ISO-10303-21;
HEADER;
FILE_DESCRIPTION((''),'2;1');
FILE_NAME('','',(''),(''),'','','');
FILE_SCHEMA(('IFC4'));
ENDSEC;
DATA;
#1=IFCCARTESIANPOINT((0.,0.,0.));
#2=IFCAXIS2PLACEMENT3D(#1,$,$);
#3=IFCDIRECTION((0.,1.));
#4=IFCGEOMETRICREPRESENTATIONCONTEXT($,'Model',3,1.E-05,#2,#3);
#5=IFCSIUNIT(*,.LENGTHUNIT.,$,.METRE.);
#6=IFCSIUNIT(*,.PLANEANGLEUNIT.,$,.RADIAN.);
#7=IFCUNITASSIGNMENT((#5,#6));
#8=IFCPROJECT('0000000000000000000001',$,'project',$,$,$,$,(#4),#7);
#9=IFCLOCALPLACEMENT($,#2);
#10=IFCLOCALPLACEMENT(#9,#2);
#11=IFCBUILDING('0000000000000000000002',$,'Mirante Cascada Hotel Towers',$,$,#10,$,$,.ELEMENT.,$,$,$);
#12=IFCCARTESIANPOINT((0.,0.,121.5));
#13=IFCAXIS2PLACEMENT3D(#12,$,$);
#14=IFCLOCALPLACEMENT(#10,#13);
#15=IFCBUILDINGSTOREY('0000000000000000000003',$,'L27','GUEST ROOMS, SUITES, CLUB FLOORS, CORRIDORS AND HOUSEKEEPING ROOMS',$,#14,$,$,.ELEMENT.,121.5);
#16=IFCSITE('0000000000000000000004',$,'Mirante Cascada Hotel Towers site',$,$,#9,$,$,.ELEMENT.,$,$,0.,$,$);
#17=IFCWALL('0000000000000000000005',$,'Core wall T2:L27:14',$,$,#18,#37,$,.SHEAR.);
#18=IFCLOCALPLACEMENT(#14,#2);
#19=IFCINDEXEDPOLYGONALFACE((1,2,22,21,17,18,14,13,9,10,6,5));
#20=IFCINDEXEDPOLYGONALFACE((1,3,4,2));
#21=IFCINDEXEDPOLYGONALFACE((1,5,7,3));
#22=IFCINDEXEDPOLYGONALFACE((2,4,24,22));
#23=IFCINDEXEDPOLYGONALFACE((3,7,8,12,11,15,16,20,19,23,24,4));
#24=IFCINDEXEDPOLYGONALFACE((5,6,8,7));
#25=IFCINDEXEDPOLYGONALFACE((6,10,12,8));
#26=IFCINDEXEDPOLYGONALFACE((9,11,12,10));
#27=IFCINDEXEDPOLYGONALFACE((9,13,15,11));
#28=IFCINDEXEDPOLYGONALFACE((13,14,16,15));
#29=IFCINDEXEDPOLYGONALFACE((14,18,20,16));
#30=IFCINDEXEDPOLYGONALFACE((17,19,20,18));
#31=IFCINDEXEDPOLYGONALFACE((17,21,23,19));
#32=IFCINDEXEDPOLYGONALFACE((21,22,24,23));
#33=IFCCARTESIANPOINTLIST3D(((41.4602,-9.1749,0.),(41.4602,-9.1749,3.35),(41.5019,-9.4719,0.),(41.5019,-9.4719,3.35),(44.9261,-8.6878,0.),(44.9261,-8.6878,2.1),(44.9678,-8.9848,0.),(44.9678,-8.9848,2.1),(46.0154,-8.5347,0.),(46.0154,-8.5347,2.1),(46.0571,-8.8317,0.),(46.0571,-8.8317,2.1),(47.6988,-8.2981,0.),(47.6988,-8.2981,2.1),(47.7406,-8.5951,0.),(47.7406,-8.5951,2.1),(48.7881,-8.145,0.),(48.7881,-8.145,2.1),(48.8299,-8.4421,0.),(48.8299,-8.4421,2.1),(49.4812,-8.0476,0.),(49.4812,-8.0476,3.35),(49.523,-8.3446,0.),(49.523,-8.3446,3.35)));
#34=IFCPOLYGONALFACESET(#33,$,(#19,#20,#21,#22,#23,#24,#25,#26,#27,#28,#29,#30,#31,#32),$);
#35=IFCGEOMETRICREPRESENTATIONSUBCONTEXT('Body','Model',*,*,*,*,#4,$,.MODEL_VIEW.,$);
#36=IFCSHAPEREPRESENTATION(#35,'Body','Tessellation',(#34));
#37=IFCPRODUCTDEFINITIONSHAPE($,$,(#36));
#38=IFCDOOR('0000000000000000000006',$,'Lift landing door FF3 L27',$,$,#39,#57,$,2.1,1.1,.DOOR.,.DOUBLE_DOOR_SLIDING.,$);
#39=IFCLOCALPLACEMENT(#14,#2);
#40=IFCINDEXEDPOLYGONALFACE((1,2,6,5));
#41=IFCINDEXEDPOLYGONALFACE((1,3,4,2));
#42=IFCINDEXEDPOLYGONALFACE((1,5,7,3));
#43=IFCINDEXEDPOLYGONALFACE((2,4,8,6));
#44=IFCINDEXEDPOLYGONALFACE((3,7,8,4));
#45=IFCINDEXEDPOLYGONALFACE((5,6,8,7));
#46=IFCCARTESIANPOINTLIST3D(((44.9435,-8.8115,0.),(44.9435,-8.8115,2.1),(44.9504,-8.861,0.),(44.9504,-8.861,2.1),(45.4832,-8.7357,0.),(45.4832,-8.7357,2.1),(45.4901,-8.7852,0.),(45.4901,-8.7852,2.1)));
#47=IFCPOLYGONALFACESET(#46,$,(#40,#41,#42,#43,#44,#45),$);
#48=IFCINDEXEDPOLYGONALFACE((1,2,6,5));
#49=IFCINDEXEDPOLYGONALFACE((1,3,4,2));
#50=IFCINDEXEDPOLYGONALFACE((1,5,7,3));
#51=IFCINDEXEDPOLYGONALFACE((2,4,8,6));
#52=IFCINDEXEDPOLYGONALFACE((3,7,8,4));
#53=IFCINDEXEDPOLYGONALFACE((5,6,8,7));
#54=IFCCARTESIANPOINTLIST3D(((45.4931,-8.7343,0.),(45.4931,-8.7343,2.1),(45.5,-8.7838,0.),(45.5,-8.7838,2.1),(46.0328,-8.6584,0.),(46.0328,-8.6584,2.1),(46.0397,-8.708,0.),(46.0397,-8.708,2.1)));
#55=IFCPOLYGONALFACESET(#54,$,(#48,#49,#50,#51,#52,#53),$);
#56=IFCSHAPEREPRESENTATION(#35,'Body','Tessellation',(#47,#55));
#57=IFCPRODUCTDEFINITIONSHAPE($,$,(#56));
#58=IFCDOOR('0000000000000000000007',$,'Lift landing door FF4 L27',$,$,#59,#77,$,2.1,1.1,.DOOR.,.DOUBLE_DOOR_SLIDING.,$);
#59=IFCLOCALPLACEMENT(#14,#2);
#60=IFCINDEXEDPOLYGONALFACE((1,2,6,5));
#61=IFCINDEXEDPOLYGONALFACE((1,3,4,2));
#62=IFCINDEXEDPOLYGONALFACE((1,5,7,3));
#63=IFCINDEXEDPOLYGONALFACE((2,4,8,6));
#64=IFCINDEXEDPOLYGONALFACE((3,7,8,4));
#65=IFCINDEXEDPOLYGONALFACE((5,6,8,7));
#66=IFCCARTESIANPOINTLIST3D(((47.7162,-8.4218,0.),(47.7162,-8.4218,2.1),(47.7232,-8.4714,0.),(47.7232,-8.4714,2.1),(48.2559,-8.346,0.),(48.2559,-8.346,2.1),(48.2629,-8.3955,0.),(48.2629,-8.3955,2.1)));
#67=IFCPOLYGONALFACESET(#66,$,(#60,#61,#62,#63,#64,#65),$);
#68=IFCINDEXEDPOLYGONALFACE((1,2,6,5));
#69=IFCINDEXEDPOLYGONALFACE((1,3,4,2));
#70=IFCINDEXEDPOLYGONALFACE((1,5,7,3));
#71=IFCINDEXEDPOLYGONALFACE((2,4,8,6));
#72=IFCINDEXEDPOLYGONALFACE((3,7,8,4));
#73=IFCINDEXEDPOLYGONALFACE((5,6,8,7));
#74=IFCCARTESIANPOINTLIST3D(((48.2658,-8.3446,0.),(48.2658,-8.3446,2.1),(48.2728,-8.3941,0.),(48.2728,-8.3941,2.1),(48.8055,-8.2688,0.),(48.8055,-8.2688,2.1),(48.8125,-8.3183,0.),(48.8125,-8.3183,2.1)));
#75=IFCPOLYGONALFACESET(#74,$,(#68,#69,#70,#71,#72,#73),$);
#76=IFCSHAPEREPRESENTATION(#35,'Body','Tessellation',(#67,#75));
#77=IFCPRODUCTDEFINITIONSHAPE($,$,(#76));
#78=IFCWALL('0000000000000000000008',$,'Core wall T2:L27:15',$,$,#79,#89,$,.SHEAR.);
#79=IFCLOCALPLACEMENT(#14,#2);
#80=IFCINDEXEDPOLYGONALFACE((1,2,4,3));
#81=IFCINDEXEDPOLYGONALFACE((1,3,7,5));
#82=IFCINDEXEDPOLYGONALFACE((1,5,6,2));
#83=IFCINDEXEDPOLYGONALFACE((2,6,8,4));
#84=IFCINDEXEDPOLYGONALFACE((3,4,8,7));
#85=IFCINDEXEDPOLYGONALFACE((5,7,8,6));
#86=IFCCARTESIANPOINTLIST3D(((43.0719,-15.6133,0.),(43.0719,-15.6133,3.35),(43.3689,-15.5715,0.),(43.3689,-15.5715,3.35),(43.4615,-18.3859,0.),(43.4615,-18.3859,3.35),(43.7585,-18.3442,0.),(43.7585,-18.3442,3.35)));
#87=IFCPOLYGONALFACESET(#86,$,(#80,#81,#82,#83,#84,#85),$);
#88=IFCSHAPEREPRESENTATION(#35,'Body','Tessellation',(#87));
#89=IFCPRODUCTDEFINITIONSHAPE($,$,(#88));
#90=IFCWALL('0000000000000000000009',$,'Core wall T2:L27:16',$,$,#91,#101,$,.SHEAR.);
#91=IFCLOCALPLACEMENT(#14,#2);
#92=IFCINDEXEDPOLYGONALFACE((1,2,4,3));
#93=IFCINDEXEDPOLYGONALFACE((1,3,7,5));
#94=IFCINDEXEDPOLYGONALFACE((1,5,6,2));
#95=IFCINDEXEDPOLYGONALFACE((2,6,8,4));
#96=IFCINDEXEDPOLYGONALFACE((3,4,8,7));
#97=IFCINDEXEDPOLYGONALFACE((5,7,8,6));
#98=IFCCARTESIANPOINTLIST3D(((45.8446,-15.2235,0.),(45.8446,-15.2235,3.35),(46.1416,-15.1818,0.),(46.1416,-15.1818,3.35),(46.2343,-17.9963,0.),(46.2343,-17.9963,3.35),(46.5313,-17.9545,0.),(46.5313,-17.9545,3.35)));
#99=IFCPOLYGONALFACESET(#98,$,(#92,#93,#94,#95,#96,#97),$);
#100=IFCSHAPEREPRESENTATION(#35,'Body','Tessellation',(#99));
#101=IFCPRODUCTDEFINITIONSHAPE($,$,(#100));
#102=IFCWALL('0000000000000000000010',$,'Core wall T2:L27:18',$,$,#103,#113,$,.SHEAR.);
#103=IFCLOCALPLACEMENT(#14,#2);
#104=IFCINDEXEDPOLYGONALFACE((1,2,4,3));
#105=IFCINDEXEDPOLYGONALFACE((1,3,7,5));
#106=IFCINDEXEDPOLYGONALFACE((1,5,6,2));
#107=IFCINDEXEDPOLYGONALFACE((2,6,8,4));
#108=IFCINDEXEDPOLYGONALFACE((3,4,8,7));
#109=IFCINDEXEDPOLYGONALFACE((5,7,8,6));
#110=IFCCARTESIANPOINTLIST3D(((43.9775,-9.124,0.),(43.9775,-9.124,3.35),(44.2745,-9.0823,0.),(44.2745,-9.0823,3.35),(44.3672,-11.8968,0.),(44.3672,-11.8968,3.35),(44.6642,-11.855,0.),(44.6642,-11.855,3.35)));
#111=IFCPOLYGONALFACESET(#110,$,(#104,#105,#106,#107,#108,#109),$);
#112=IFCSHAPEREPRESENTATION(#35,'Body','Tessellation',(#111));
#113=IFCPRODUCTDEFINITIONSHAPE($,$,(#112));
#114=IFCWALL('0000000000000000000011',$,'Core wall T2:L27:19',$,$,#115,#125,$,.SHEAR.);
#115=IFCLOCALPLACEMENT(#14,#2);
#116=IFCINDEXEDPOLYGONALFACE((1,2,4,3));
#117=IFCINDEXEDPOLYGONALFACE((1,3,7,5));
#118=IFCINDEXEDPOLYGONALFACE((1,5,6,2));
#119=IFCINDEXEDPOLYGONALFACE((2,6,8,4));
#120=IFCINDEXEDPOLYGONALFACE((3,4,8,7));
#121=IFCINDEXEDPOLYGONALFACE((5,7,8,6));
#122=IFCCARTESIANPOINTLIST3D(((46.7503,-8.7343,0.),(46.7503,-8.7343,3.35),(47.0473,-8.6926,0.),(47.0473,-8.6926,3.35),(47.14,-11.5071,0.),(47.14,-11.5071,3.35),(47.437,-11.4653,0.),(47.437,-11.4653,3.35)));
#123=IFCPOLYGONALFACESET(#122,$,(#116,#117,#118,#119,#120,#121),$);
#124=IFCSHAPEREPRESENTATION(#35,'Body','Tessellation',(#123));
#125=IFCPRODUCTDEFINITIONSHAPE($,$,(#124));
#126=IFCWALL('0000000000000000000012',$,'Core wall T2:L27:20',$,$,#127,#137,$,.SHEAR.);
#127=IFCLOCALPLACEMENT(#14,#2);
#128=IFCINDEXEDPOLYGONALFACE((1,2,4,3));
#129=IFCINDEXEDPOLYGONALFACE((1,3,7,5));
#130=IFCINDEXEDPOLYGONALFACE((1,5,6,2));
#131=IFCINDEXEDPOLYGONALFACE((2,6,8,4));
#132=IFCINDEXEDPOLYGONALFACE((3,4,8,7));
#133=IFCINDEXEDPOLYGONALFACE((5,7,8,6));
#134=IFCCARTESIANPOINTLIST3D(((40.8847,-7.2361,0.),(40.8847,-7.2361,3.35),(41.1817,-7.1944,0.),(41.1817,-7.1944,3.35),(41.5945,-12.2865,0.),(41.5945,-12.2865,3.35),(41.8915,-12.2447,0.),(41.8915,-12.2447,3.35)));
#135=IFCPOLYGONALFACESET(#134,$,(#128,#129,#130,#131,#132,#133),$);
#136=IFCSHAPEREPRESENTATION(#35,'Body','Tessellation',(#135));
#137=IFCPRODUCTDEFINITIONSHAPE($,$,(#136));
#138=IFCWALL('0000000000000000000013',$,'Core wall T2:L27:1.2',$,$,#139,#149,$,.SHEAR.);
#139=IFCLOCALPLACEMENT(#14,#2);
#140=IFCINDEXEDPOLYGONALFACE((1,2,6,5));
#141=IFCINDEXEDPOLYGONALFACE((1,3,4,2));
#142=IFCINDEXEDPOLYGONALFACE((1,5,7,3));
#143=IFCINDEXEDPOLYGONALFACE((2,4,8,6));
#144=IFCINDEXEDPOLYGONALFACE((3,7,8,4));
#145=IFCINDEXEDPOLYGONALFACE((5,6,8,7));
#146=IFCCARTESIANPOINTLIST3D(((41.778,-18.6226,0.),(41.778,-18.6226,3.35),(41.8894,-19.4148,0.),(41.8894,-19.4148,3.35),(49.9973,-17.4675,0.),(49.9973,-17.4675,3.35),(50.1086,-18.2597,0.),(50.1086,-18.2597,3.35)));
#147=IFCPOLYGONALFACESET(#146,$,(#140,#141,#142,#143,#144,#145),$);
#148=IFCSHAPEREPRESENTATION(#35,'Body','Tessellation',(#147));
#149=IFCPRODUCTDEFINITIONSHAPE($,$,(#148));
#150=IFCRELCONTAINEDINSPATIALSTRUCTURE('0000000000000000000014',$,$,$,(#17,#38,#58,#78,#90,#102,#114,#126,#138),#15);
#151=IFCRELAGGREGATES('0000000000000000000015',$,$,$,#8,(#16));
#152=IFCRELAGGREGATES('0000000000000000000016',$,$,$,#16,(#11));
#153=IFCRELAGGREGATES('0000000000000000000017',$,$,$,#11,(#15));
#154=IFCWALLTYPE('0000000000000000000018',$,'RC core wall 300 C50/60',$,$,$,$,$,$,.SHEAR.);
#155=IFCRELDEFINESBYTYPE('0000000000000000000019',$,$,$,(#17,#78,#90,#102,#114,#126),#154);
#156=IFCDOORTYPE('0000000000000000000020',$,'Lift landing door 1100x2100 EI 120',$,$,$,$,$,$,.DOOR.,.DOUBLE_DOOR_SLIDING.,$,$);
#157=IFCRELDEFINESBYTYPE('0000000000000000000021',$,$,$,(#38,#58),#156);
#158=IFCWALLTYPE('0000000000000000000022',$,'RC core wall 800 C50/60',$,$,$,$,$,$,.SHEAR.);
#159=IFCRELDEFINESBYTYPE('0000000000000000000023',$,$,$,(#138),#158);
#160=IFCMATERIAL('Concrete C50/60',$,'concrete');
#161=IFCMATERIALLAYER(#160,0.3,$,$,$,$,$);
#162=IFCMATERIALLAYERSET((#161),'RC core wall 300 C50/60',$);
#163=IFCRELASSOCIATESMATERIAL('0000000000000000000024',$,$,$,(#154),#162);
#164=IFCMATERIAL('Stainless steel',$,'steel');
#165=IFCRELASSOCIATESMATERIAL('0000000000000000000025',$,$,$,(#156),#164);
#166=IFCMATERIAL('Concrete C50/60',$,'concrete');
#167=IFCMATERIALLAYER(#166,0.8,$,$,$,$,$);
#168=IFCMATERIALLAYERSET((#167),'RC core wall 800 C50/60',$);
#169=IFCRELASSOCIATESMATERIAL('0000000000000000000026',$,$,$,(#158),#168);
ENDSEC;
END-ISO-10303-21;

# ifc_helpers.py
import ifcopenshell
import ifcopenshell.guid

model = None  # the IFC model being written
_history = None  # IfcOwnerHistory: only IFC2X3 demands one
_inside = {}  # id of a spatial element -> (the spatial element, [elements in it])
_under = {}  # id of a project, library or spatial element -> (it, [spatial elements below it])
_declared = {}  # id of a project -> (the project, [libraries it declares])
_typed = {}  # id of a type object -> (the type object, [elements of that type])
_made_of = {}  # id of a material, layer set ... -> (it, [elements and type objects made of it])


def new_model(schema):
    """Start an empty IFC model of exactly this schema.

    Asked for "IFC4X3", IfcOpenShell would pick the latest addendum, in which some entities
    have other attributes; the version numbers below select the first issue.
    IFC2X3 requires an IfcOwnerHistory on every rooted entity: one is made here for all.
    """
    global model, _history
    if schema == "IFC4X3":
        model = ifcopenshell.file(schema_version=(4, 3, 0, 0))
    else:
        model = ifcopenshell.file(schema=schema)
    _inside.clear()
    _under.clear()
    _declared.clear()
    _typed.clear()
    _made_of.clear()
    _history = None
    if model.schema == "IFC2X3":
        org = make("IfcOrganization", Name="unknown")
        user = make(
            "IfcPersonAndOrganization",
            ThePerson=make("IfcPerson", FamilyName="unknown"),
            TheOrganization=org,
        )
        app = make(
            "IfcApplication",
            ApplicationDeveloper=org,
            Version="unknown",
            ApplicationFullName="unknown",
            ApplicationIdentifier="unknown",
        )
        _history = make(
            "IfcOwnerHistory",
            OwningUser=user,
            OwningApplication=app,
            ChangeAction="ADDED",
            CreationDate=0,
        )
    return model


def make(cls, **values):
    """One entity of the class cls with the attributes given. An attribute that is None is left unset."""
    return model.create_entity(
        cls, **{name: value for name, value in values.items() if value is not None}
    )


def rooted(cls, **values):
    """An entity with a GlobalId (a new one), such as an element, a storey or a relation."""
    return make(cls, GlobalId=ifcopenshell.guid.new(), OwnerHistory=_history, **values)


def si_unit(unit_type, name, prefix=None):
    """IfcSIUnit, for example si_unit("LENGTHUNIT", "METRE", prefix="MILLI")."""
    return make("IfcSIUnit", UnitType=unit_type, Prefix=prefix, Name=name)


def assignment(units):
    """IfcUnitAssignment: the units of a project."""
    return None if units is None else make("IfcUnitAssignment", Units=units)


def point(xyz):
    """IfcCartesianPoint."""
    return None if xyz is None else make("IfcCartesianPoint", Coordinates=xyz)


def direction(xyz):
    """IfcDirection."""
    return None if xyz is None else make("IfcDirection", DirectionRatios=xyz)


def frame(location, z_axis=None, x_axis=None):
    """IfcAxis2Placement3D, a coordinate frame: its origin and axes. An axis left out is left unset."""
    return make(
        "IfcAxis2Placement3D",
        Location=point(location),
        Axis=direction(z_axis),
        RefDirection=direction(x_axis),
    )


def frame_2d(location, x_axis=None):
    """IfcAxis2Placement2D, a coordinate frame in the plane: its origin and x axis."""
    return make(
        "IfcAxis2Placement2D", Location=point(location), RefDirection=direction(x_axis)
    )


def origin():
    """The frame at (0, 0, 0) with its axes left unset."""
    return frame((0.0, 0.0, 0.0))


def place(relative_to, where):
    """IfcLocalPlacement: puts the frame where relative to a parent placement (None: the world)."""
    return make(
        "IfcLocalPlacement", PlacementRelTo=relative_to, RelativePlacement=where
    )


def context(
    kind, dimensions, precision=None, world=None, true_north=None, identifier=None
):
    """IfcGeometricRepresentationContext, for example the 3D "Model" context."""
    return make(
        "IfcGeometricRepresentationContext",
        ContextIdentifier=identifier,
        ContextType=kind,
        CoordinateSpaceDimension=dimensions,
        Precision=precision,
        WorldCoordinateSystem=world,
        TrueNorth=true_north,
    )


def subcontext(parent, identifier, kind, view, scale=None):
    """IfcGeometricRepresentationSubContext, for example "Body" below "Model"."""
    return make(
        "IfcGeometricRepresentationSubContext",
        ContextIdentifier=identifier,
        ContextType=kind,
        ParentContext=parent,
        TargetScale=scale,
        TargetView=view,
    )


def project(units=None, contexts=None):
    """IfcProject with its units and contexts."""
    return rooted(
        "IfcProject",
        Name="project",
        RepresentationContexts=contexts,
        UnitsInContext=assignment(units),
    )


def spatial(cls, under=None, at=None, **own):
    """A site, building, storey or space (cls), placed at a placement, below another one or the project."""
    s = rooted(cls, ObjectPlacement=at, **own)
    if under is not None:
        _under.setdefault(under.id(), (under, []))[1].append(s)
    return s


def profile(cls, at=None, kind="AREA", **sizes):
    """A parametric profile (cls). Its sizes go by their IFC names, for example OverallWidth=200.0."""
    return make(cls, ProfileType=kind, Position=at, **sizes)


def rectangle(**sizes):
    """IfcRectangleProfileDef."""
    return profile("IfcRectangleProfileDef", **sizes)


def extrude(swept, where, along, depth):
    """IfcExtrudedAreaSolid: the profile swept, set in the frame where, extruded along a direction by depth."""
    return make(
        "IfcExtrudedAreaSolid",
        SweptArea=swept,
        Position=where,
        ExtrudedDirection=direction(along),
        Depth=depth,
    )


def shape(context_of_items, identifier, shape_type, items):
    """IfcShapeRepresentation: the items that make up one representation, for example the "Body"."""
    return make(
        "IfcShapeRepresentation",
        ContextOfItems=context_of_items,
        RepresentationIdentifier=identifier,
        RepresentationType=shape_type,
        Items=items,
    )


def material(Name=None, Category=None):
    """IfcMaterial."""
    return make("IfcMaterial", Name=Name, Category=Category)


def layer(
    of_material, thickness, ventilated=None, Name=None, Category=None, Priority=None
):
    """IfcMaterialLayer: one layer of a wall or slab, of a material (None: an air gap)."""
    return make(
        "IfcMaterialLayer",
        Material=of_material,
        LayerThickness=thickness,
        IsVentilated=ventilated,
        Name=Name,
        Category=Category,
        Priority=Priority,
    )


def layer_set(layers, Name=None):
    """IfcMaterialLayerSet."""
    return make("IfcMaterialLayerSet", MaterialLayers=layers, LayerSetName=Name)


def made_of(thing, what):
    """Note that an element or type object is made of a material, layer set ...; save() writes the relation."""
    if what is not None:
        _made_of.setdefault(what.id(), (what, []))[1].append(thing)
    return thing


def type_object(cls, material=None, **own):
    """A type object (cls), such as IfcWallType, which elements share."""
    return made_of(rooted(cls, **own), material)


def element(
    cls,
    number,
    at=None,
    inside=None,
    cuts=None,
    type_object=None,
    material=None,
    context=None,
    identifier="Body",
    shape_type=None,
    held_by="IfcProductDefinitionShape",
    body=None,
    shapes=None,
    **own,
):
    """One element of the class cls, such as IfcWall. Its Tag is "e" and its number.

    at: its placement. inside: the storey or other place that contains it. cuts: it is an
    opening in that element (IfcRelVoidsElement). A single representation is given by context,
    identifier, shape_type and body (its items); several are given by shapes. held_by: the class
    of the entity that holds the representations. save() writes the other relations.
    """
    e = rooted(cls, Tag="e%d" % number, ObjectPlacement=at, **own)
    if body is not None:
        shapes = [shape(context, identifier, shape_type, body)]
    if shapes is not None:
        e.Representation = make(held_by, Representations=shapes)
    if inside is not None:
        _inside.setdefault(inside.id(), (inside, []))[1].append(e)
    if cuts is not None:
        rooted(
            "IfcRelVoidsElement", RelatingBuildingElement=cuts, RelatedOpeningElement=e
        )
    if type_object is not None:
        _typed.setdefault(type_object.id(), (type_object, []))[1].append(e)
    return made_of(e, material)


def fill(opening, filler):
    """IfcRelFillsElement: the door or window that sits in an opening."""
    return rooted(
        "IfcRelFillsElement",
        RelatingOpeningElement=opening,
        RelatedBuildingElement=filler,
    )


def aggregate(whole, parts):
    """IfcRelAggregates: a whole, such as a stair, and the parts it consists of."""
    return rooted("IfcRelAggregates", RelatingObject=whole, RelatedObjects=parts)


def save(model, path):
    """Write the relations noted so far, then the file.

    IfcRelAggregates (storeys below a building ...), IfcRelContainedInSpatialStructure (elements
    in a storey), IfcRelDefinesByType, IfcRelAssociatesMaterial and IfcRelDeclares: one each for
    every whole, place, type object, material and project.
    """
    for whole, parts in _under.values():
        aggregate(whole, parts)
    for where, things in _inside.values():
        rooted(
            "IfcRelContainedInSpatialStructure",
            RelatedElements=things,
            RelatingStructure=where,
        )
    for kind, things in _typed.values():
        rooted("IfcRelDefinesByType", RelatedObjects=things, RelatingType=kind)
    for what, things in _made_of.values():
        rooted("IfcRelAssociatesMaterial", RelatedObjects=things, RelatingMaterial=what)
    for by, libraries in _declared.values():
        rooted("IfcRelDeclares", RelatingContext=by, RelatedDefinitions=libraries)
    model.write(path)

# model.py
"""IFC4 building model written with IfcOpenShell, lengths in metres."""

from ifc_helpers import new_model, si_unit, direction, frame, frame_2d, origin, place, context, subcontext, project, spatial, rectangle, extrude, material, layer, layer_set, type_object, element, fill, save


model = new_model("IFC4")

# Units and contexts
model_context = context("Model", 3, precision=1e-05, world=origin(), true_north=direction((0.0, 1.0)))
body_context = subcontext(model_context, "Body", "Model", "MODEL_VIEW")
ifc_project = project(units=[si_unit("LENGTHUNIT", "METRE"), si_unit("PLANEANGLEUNIT", "RADIAN")], contexts=[model_context])

# Site, building, storey
site_placement = place(None, origin())
site = spatial("IfcSite", under=ifc_project, at=site_placement, Name="Mirante Cascada Hotel Towers site", CompositionType="ELEMENT", RefElevation=0.0)
building_placement = place(site_placement, origin())
building = spatial("IfcBuilding", under=site, at=building_placement, Name="Mirante Cascada Hotel Towers", CompositionType="ELEMENT")
storey_placement = place(building_placement, frame((0.0, 0.0, 121.5)))
storey = spatial("IfcBuildingStorey", under=building, at=storey_placement, Name="L27", Description="GUEST ROOMS, SUITES, CLUB FLOORS, CORRIDORS AND HOUSEKEEPING ROOMS", CompositionType="ELEMENT", Elevation=121.5)

# Shared definitions
ifc_material_1 = material(Name="Concrete C50/60", Category="concrete")
ifc_layer_1 = layer(ifc_material_1, 0.3)
ifc_layer_set_1 = layer_set([ifc_layer_1], Name="RC core wall 300 C50/60")
wall_type_1 = type_object("IfcWallType", Name="RC core wall 300 C50/60", PredefinedType="SHEAR", material=ifc_layer_set_1)

# Shared definitions
ifc_material_2 = material(Name="Stainless steel", Category="steel")
door_type_1 = type_object("IfcDoorType", Name="Lift landing door 1100x2100 EI 120", OperationType="DOUBLE_DOOR_SLIDING", PredefinedType="DOOR", material=ifc_material_2)

# Wall, openings, doors
wall_1_placement = place(storey_placement, frame((41.481, -9.3234, 0.0), z_axis=(0.0, 0.0, 1.0), x_axis=(0.990268, 0.139174, 0.0)))
wall_1 = element("IfcWall", 1, at=wall_1_placement, inside=storey, type_object=wall_type_1, Name="Core wall T2:L27:14", PredefinedType="SHEAR", context=body_context, shape_type="SweptSolid", body=[
    extrude(rectangle(XDim=8.0999, YDim=0.3, at=frame_2d((4.05, 0.0))), origin(), (0.0, 0.0, 1.0), 3.35),
])
opening_1_placement = place(wall_1_placement, frame((3.5, 0.0, 0.0)))
opening_1 = element("IfcOpeningElement", 2, at=opening_1_placement, cuts=wall_1, PredefinedType="OPENING", context=body_context, shape_type="SweptSolid", body=[
    extrude(rectangle(XDim=1.1, YDim=2.1, at=frame_2d((0.55, 1.05))), frame((0.0, 0.15, 0.0), z_axis=(0.0, -1.0, 0.0), x_axis=(1.0, 0.0, 0.0)), (0.0, 0.0, 1.0), 0.3),
])
opening_2_placement = place(wall_1_placement, frame((6.3, 0.0, 0.0)))
opening_2 = element("IfcOpeningElement", 3, at=opening_2_placement, cuts=wall_1, PredefinedType="OPENING", context=body_context, shape_type="SweptSolid", body=[
    extrude(rectangle(XDim=1.1, YDim=2.1, at=frame_2d((0.55, 1.05))), frame((0.0, 0.15, 0.0), z_axis=(0.0, -1.0, 0.0), x_axis=(1.0, 0.0, 0.0)), (0.0, 0.0, 1.0), 0.3),
])
door_1_placement = place(opening_1_placement, origin())
door_1 = element("IfcDoor", 4, at=door_1_placement, inside=storey, type_object=door_type_1, Name="Lift landing door FF3 L27", OperationType="DOUBLE_DOOR_SLIDING", OverallHeight=2.1, OverallWidth=1.1, PredefinedType="DOOR", context=body_context, shape_type="SweptSolid", body=[
    extrude(rectangle(XDim=0.545, YDim=2.1, at=frame_2d((0.2725, 1.05))), frame((0.0, 0.025, 0.0), z_axis=(0.0, -1.0, 0.0), x_axis=(1.0, 0.0, 0.0)), (0.0, 0.0, 1.0), 0.05),
    extrude(rectangle(XDim=0.545, YDim=2.1, at=frame_2d((0.8275, 1.05))), frame((0.0, 0.025, 0.0), z_axis=(0.0, -1.0, 0.0), x_axis=(1.0, 0.0, 0.0)), (0.0, 0.0, 1.0), 0.05),
])
fill(opening_1, door_1)
door_2_placement = place(opening_2_placement, origin())
door_2 = element("IfcDoor", 5, at=door_2_placement, inside=storey, type_object=door_type_1, Name="Lift landing door FF4 L27", OperationType="DOUBLE_DOOR_SLIDING", OverallHeight=2.1, OverallWidth=1.1, PredefinedType="DOOR", context=body_context, shape_type="SweptSolid", body=[
    extrude(rectangle(XDim=0.545, YDim=2.1, at=frame_2d((0.2725, 1.05))), frame((0.0, 0.025, 0.0), z_axis=(0.0, -1.0, 0.0), x_axis=(1.0, 0.0, 0.0)), (0.0, 0.0, 1.0), 0.05),
    extrude(rectangle(XDim=0.545, YDim=2.1, at=frame_2d((0.8275, 1.05))), frame((0.0, 0.025, 0.0), z_axis=(0.0, -1.0, 0.0), x_axis=(1.0, 0.0, 0.0)), (0.0, 0.0, 1.0), 0.05),
])
fill(opening_2, door_2)

# Walls
wall_2_placement = place(storey_placement, frame((43.61, -18.3651, 0.0), z_axis=(0.0, 0.0, 1.0), x_axis=(-0.139146, 0.990272, 0.0)))
element("IfcWall", 6, at=wall_2_placement, inside=storey, type_object=wall_type_1, Name="Core wall T2:L27:15", PredefinedType="SHEAR", context=body_context, shape_type="SweptSolid", body=[
    extrude(rectangle(XDim=2.7999, YDim=0.3, at=frame_2d((1.4, 0.0))), origin(), (0.0, 0.0, 1.0), 3.35),
])
for number, where, z_axis, x_axis, name in (
    (7, (46.3828, -17.9754, 0.0), (0.0, 0.0, 1.0), (-0.139181, 0.990267, 0.0), "Core wall T2:L27:16"),
    (8, (44.5157, -11.8759, 0.0), (0.0, 0.0, 1.0), (-0.139181, 0.990267, 0.0), "Core wall T2:L27:18"),
    (9, (47.2885, -11.4862, 0.0), (0.0, 0.0, 1.0), (-0.139181, 0.990267, 0.0), "Core wall T2:L27:19"),
):
    element("IfcWall", number, at=place(storey_placement, frame(where, z_axis=z_axis, x_axis=x_axis)), inside=storey, type_object=wall_type_1, Name=name, PredefinedType="SHEAR", context=body_context, shape_type="SweptSolid", body=[
        extrude(rectangle(XDim=2.8, YDim=0.3, at=frame_2d((1.4, 0.0))), origin(), (0.0, 0.0, 1.0), 3.35),
    ])
wall_3_placement = place(storey_placement, frame((41.743, -12.2656, 0.0), z_axis=(0.0, 0.0, 1.0), x_axis=(-0.139176, 0.990268, 0.0)))
element("IfcWall", 10, at=wall_3_placement, inside=storey, type_object=wall_type_1, Name="Core wall T2:L27:20", PredefinedType="SHEAR", context=body_context, shape_type="SweptSolid", body=[
    extrude(rectangle(XDim=5.1, YDim=0.3, at=frame_2d((2.55, 0.0))), origin(), (0.0, 0.0, 1.0), 3.35),
])
ifc_material_3 = material(Name="Concrete C50/60", Category="concrete")
ifc_layer_2 = layer(ifc_material_3, 0.8)
ifc_layer_set_2 = layer_set([ifc_layer_2], Name="RC core wall 800 C50/60")
wall_type_2 = type_object("IfcWallType", Name="RC core wall 800 C50/60", PredefinedType="SHEAR", material=ifc_layer_set_2)
wall_4_placement = place(storey_placement, frame((41.8337, -19.0187, 0.0), z_axis=(0.0, 0.0, 1.0), x_axis=(0.990269, 0.139169, 0.0)))
element("IfcWall", 11, at=wall_4_placement, inside=storey, type_object=wall_type_2, Name="Core wall T2:L27:1.2", PredefinedType="SHEAR", context=body_context, shape_type="SweptSolid", body=[
    extrude(rectangle(XDim=8.3, YDim=0.8, at=frame_2d((4.15, 0.0))), origin(), (0.0, 0.0, 1.0), 3.35),
])

save(model, "model.ifc")
